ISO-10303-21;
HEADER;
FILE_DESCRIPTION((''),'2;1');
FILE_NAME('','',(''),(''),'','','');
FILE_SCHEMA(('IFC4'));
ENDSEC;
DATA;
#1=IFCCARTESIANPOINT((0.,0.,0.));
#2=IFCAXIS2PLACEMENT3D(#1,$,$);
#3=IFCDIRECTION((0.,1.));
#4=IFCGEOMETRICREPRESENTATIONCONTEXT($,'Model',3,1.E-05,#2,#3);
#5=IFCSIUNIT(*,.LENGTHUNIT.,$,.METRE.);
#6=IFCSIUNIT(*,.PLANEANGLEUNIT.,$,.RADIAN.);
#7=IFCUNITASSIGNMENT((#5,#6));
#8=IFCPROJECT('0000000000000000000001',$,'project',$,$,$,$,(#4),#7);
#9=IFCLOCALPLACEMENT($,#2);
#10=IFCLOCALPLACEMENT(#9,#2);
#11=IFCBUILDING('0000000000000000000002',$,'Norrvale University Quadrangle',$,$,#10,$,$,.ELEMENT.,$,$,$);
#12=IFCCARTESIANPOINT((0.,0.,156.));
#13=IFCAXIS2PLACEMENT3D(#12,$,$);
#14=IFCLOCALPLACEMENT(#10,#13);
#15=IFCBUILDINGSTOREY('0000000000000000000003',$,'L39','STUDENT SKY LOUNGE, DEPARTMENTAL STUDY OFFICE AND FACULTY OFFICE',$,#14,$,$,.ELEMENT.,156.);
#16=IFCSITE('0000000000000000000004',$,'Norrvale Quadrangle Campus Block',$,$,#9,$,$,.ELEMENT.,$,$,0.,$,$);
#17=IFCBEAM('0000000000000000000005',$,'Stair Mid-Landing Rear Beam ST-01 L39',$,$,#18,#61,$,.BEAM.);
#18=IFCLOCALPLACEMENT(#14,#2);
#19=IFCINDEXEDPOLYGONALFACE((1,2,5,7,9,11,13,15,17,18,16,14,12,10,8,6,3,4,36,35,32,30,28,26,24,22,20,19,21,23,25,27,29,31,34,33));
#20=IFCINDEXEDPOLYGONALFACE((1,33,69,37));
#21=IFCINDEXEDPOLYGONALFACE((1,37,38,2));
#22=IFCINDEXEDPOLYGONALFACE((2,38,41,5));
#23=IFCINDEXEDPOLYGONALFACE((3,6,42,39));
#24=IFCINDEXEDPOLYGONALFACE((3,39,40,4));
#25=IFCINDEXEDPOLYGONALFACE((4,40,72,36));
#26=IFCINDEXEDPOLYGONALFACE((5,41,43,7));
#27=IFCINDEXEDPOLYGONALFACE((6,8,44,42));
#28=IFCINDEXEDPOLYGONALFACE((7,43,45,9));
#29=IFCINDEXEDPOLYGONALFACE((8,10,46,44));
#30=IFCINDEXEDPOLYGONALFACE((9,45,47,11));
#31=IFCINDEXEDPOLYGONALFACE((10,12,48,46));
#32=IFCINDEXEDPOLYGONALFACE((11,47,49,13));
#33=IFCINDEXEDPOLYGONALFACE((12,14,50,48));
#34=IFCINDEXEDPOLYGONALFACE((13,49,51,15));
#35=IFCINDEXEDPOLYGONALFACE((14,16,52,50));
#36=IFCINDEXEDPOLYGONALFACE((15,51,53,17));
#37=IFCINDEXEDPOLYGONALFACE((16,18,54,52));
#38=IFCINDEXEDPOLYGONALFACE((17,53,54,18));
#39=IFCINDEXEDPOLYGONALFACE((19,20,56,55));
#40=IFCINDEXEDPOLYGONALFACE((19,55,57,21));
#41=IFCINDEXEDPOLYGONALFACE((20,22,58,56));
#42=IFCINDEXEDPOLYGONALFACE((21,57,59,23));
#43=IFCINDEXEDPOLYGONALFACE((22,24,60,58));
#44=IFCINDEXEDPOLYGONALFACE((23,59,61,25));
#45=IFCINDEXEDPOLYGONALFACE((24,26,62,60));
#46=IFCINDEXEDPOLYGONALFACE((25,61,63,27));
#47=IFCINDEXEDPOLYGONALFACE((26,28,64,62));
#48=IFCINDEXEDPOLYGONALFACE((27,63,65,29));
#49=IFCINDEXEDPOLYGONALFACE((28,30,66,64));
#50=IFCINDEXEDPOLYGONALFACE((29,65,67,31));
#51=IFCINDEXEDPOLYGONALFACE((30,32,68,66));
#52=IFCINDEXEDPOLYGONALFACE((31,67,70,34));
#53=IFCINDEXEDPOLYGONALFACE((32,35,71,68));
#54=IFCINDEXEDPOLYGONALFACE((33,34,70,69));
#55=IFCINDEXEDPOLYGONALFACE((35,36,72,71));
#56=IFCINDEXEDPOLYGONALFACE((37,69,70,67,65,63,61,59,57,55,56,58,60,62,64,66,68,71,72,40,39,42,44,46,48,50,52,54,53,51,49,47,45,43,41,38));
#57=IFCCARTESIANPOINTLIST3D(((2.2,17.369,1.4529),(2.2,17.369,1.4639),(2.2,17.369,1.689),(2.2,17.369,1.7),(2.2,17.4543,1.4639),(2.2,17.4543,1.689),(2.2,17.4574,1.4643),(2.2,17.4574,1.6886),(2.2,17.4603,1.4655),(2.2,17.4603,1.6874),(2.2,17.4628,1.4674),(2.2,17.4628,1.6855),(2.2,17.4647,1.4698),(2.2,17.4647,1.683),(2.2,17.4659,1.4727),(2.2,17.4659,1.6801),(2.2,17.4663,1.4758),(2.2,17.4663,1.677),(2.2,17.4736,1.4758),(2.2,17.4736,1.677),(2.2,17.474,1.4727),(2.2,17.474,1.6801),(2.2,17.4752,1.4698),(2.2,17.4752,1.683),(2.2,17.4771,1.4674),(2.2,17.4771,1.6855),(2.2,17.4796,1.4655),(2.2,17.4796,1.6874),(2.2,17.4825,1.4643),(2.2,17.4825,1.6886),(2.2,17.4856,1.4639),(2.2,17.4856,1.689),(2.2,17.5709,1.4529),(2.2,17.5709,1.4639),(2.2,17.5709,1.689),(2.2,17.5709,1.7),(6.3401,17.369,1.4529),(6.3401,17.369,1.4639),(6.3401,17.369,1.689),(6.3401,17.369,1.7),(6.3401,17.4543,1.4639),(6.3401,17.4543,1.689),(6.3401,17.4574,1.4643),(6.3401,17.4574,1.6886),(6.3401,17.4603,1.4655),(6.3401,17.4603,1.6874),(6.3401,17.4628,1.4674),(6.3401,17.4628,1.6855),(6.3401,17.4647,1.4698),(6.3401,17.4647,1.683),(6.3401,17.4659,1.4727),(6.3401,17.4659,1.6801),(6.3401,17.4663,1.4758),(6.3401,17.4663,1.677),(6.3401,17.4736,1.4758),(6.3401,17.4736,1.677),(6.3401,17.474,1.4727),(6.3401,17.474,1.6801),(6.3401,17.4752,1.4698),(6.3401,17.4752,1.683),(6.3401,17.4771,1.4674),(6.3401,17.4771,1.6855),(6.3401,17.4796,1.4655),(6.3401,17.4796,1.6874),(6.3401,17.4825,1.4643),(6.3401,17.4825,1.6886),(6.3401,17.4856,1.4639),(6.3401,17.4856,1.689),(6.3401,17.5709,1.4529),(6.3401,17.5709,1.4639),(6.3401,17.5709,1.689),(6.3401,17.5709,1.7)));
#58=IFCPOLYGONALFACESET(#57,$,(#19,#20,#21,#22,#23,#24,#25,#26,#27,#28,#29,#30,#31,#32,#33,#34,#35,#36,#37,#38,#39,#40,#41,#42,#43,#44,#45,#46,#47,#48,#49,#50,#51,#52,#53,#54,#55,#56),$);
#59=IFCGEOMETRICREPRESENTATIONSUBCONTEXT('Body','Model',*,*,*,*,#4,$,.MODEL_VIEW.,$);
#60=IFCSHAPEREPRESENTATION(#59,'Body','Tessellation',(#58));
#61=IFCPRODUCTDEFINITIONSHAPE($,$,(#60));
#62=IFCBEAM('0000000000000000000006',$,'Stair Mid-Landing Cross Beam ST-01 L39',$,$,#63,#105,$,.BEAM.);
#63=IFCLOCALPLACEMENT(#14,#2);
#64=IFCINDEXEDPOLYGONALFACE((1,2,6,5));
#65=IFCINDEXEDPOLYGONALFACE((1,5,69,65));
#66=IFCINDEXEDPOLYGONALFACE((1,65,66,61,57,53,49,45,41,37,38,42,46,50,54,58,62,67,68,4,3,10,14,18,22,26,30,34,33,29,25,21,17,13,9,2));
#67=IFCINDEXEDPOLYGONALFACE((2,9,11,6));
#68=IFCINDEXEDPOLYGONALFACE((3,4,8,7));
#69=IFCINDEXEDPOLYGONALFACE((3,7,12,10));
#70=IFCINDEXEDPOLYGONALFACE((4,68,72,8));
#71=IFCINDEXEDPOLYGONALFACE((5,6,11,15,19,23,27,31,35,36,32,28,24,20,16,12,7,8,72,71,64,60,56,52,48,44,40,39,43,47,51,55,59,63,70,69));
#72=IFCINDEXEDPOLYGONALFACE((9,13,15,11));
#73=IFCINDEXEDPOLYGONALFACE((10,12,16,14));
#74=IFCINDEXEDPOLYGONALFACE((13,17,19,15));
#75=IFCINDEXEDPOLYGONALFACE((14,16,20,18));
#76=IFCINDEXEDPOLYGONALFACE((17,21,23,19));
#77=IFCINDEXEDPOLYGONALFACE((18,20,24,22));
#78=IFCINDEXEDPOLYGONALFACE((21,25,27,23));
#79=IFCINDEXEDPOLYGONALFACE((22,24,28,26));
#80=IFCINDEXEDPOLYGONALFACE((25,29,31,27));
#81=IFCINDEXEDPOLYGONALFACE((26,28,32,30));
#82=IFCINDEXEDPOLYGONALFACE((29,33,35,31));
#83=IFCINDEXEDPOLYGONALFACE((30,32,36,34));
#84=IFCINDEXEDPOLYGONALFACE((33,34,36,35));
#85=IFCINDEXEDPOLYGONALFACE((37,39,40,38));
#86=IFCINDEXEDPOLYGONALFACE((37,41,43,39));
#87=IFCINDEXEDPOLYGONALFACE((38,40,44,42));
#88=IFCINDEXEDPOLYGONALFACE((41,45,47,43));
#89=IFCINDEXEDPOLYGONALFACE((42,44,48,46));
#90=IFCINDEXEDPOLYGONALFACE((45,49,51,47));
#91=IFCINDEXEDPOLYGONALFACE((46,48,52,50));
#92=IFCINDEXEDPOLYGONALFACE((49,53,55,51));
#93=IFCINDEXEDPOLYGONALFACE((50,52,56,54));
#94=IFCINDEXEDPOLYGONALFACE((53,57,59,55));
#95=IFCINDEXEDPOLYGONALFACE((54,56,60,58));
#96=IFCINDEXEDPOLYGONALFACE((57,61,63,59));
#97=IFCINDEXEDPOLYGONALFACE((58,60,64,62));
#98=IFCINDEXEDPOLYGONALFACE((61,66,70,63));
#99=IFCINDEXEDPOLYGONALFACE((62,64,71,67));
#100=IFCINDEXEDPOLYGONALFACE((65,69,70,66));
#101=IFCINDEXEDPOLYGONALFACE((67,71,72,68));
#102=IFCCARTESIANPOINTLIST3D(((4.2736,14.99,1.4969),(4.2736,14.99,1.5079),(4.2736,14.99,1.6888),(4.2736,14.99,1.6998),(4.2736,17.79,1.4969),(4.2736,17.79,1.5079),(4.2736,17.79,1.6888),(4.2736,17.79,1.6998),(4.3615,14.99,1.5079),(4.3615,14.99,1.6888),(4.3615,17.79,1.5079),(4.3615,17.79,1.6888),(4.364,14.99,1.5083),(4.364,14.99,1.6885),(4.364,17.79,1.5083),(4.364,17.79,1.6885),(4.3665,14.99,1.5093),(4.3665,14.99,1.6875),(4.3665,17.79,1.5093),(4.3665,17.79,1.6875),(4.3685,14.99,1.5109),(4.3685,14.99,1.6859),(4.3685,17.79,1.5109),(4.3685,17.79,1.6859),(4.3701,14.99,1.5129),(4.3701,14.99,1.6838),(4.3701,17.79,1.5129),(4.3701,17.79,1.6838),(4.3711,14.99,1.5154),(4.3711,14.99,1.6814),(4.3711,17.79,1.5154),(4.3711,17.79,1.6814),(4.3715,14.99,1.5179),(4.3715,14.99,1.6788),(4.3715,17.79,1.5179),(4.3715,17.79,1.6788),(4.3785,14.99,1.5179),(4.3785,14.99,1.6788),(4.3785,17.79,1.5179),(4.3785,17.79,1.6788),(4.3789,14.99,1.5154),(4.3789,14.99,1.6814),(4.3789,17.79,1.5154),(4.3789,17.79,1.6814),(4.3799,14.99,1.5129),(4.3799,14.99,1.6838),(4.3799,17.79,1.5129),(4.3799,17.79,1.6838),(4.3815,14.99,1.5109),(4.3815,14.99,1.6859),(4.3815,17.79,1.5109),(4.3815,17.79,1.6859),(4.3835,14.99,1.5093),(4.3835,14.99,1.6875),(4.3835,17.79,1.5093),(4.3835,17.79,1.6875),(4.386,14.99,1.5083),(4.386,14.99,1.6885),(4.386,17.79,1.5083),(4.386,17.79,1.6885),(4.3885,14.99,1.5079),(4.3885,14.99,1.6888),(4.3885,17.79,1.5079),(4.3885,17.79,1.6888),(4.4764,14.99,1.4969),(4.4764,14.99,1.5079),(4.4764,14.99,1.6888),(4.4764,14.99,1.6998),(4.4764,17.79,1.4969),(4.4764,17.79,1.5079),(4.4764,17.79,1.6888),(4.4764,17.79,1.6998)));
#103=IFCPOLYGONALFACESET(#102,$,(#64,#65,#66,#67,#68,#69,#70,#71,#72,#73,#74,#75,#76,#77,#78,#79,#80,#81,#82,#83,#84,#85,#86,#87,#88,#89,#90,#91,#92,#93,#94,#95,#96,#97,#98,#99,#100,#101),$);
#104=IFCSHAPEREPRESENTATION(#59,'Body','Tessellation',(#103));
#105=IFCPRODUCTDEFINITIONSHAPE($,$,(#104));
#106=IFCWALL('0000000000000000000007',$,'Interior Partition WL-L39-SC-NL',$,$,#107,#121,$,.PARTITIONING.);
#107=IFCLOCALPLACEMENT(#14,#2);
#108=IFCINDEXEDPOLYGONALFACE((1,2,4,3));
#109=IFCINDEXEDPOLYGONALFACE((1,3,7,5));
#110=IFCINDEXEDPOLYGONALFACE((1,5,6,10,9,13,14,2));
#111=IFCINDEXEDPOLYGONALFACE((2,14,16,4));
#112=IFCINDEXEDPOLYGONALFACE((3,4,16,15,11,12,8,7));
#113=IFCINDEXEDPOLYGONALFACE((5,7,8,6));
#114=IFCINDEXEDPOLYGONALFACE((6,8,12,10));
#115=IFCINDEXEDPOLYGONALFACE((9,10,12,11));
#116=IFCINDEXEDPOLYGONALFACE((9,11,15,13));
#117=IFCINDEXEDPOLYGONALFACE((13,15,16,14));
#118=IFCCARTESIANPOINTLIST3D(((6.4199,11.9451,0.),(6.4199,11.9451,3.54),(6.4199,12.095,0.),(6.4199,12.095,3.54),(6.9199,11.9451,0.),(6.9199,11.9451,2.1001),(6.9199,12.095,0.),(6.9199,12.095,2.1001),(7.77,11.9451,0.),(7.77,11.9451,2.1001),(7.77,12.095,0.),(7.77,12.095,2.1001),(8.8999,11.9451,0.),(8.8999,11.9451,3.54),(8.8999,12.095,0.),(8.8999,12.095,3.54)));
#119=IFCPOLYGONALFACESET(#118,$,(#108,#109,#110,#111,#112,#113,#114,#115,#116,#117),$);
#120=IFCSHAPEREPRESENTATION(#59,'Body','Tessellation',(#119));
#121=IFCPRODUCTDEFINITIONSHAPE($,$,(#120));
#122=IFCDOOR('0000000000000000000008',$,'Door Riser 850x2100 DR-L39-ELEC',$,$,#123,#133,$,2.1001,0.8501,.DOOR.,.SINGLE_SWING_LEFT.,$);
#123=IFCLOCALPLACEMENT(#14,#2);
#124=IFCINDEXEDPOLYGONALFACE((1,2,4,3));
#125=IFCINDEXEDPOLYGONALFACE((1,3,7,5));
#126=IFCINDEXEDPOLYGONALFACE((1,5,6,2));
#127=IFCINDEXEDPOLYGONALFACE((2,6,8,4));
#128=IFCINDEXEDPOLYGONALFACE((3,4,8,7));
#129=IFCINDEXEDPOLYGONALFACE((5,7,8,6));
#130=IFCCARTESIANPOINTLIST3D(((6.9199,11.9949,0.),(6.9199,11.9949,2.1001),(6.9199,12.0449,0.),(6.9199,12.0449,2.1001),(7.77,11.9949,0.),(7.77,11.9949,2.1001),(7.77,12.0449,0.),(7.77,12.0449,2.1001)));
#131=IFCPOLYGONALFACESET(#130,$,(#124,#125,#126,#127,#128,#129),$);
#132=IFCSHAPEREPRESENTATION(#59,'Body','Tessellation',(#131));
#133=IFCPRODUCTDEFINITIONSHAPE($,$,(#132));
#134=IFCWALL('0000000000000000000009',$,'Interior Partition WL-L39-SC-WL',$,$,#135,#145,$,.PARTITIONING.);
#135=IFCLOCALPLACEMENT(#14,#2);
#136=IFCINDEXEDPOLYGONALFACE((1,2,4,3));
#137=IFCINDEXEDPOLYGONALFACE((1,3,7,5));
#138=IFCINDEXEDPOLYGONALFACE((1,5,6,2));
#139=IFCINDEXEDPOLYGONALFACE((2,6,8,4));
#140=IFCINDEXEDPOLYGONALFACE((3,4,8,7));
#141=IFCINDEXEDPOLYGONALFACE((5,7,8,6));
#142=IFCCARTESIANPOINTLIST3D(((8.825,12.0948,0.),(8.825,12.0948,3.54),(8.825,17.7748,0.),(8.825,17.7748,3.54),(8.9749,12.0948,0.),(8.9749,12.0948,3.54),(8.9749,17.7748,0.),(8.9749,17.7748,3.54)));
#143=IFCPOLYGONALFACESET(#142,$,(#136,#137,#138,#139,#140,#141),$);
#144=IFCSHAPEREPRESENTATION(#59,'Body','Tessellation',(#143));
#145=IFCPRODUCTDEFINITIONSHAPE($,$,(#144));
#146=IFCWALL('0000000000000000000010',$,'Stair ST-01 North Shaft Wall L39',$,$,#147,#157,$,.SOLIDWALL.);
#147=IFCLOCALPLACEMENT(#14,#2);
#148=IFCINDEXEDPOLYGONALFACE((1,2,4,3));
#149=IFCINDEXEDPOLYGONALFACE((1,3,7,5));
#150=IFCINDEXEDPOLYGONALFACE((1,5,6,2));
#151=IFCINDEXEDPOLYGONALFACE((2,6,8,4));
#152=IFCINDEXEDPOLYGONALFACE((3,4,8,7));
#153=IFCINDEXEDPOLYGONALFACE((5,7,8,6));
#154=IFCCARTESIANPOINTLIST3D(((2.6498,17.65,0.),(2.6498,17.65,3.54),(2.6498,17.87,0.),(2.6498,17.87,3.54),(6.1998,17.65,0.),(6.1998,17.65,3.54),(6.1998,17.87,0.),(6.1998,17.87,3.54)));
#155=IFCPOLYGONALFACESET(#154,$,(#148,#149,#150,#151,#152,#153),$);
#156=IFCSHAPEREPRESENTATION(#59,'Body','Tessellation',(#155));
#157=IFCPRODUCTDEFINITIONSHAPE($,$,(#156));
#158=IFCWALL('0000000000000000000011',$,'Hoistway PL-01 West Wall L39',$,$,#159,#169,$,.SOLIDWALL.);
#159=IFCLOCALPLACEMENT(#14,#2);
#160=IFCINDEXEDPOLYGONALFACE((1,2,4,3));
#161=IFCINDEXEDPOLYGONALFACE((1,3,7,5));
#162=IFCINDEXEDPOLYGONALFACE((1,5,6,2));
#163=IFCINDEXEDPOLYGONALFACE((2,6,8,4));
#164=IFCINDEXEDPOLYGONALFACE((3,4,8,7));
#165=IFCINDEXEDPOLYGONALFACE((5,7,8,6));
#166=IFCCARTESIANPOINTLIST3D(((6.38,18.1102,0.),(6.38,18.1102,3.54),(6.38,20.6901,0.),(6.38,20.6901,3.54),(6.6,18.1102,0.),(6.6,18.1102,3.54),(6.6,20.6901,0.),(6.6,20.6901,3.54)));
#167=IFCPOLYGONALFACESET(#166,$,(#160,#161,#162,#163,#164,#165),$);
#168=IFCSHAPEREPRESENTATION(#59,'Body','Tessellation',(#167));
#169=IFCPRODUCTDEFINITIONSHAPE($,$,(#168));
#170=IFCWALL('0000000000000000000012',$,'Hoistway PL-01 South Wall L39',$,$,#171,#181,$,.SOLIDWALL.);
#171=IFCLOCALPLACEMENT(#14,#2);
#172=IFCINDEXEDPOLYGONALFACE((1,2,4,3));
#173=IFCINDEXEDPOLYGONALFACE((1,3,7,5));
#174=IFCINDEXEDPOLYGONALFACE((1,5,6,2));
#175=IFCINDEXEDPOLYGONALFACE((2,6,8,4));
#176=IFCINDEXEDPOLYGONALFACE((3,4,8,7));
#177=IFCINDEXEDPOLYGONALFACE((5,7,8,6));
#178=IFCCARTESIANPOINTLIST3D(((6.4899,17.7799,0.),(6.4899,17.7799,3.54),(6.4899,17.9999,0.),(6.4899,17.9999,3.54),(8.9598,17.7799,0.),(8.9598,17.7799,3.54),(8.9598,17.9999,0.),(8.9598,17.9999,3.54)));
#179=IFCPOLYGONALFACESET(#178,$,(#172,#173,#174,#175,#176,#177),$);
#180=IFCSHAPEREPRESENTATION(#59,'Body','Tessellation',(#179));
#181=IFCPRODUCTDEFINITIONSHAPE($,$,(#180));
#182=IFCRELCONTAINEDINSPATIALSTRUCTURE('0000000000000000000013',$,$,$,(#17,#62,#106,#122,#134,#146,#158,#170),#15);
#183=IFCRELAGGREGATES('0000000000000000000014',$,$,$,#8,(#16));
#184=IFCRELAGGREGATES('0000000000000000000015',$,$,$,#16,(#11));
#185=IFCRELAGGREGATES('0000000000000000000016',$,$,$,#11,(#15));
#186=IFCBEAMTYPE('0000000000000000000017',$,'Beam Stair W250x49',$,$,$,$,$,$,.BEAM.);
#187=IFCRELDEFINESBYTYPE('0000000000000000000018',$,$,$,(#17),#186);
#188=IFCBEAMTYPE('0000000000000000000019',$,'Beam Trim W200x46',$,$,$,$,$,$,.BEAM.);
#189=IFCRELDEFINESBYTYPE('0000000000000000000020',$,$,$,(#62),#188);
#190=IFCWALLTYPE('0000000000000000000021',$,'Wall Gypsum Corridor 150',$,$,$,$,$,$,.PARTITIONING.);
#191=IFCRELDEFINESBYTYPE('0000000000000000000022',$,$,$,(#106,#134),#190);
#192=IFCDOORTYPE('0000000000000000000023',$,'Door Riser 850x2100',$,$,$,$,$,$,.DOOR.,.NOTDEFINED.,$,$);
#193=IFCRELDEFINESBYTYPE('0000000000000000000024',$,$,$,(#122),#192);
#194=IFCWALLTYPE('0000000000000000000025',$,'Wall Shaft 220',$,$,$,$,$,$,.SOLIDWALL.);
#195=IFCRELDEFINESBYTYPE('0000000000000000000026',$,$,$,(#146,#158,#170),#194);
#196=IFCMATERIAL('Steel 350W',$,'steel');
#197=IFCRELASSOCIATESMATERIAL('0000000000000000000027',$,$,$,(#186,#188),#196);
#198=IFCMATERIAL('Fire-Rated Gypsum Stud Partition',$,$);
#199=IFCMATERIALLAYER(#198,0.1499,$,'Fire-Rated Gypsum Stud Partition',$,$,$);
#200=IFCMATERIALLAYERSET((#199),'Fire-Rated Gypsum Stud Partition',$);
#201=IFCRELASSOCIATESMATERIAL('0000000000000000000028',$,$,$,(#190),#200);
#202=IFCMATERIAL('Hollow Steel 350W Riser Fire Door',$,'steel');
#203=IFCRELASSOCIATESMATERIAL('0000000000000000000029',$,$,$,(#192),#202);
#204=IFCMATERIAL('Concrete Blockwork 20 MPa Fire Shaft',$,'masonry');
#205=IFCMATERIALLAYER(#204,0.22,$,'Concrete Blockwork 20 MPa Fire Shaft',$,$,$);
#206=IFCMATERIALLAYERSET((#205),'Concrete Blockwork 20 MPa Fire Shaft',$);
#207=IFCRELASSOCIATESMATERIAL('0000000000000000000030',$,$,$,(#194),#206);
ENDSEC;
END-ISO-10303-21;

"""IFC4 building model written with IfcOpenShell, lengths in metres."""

from ifc_helpers import new_model, si_unit, direction, frame, frame_2d, origin, origin_2d, place, context, subcontext, project, spatial, rectangle, i_section, extrude, material, layer, layer_set, material_profile, profile_set, type_object, element, fill, save


model = new_model("IFC4")

# Units and contexts
model_context = context("Model", 3, precision=1e-05, world=origin(), true_north=direction((0.0, 1.0)))
body_context = subcontext(model_context, "Body", "Model", "MODEL_VIEW")
ifc_project = project(units=[si_unit("LENGTHUNIT", "METRE"), si_unit("PLANEANGLEUNIT", "RADIAN")], contexts=[model_context])

# Site, building, storey
site_placement = place(None, origin())
site = spatial("IfcSite", under=ifc_project, at=site_placement, Name="Norrvale Quadrangle Campus Block", CompositionType="ELEMENT", RefElevation=0.0)
building_placement = place(site_placement, origin())
building = spatial("IfcBuilding", under=site, at=building_placement, Name="Norrvale University Quadrangle", CompositionType="ELEMENT")
storey_placement = place(building_placement, frame((0.0, 0.0, 156.0)))
storey = spatial("IfcBuildingStorey", under=building, at=storey_placement, Name="L39", Description="STUDENT SKY LOUNGE, DEPARTMENTAL STUDY OFFICE AND FACULTY OFFICE", CompositionType="ELEMENT", Elevation=156.0)

# Beams
ifc_material_1 = material(Name="Steel 350W", Category="steel")
ifc_material_profile_1 = material_profile(ifc_material_1, i_section(OverallWidth=0.2019, OverallDepth=0.2471, WebThickness=0.0073, FlangeThickness=0.011, FilletRadius=0.012, at=origin_2d()), Name="Steel 350W")
ifc_profile_set_1 = profile_set([ifc_material_profile_1], Name="Steel 350W")
beam_type_1 = type_object("IfcBeamType", Name="Beam Stair W250x49", PredefinedType="BEAM", material=ifc_profile_set_1)
for number, where, z_axis, x_axis, name in (
    (1, (2.2, 17.47, 1.5764), (1.0, 0.0, 0.0), (0.0, 1.0, 0.0), "Stair Mid-Landing Rear Beam ST-01 L39"),
):
    element("IfcBeam", number, at=place(storey_placement, frame(where, z_axis=z_axis, x_axis=x_axis)), inside=storey, type_object=beam_type_1, Name=name, PredefinedType="BEAM", context=body_context, shape_type="SweptSolid", body=[
        extrude(i_section(OverallWidth=0.2019, OverallDepth=0.2471, WebThickness=0.0073, FlangeThickness=0.011, FilletRadius=0.012, at=origin_2d()), origin(), (0.0, 0.0, 1.0), 4.1401),
    ])
ifc_material_profile_2 = material_profile(ifc_material_1, i_section(OverallWidth=0.2029, OverallDepth=0.2029, WebThickness=0.0071, FlangeThickness=0.011, FilletRadius=0.01, at=origin_2d()), Name="Steel 350W")
ifc_profile_set_2 = profile_set([ifc_material_profile_2], Name="Steel 350W")
beam_type_2 = type_object("IfcBeamType", Name="Beam Trim W200x46", PredefinedType="BEAM", material=ifc_profile_set_2)
beam_1_placement = place(storey_placement, frame((4.375, 14.99, 1.5984), z_axis=(0.0, 1.0, 0.0), x_axis=(-1.0, 0.0, 0.0)))
element("IfcBeam", 2, at=beam_1_placement, inside=storey, type_object=beam_type_2, Name="Stair Mid-Landing Cross Beam ST-01 L39", PredefinedType="BEAM", context=body_context, shape_type="SweptSolid", body=[
    extrude(i_section(OverallWidth=0.2029, OverallDepth=0.2029, WebThickness=0.0071, FlangeThickness=0.011, FilletRadius=0.01, at=origin_2d()), origin(), (0.0, 0.0, 1.0), 2.8),
])

# Wall, opening, door
ifc_material_2 = material(Name="Fire-Rated Gypsum Stud Partition")
ifc_layer_1 = layer(ifc_material_2, 0.1499, Name="Fire-Rated Gypsum Stud Partition")
ifc_layer_set_1 = layer_set([ifc_layer_1], Name="Fire-Rated Gypsum Stud Partition")
wall_type_1 = type_object("IfcWallType", Name="Wall Gypsum Corridor 150", PredefinedType="PARTITIONING", material=ifc_layer_set_1)
wall_1_placement = place(storey_placement, frame((6.4199, 12.02, 0.0), z_axis=(0.0, 0.0, 1.0), x_axis=(1.0, 0.0, 0.0)))
wall_1 = element("IfcWall", 3, at=wall_1_placement, inside=storey, type_object=wall_type_1, Name="Interior Partition WL-L39-SC-NL", PredefinedType="PARTITIONING", context=body_context, shape_type="SweptSolid", body=[
    extrude(rectangle(XDim=2.48, YDim=0.1499, at=frame_2d((1.24, 0.0))), origin(), (0.0, 0.0, 1.0), 3.54),
])
opening_placement = place(wall_1_placement, frame((0.5, 0.0, 0.0)))
opening = element("IfcOpeningElement", 4, at=opening_placement, cuts=wall_1, PredefinedType="OPENING", context=body_context, shape_type="SweptSolid", body=[
    extrude(rectangle(XDim=0.8501, YDim=2.1001, at=frame_2d((0.425, 1.05))), frame((0.0, 0.0869, 0.0), z_axis=(0.0, -1.0, 0.0), x_axis=(1.0, 0.0, 0.0)), (0.0, 0.0, 1.0), 0.1738),
])
ifc_material_3 = material(Name="Hollow Steel 350W Riser Fire Door", Category="steel")
door_type = type_object("IfcDoorType", Name="Door Riser 850x2100", OperationType="NOTDEFINED", PredefinedType="DOOR", material=ifc_material_3)
door_placement = place(opening_placement, origin())
door = element("IfcDoor", 5, at=door_placement, inside=storey, type_object=door_type, Name="Door Riser 850x2100 DR-L39-ELEC", OperationType="SINGLE_SWING_LEFT", OverallHeight=2.1001, OverallWidth=0.8501, PredefinedType="DOOR", context=body_context, shape_type="SweptSolid", body=[
    extrude(rectangle(XDim=0.8501, YDim=2.1001, at=frame_2d((0.425, 1.05))), frame((0.0, 0.0249, 0.0), z_axis=(0.0, -1.0, 0.0), x_axis=(1.0, 0.0, 0.0)), (0.0, 0.0, 1.0), 0.05),
])
fill(opening, door)

# Walls
wall_2_placement = place(storey_placement, frame((8.8999, 12.095, 0.0), z_axis=(0.0, 0.0, 1.0), x_axis=(0.0, 1.0, 0.0)))
element("IfcWall", 6, at=wall_2_placement, inside=storey, type_object=wall_type_1, Name="Interior Partition WL-L39-SC-WL", PredefinedType="PARTITIONING", context=body_context, shape_type="SweptSolid", body=[
    extrude(rectangle(XDim=5.6799, YDim=0.1499, at=frame_2d((2.8398, 0.0))), origin(), (0.0, 0.0, 1.0), 3.54),
])
ifc_material_4 = material(Name="Concrete Blockwork 20 MPa Fire Shaft", Category="masonry")
ifc_layer_2 = layer(ifc_material_4, 0.22, Name="Concrete Blockwork 20 MPa Fire Shaft")
ifc_layer_set_2 = layer_set([ifc_layer_2], Name="Concrete Blockwork 20 MPa Fire Shaft")
wall_type_2 = type_object("IfcWallType", Name="Wall Shaft 220", PredefinedType="SOLIDWALL", material=ifc_layer_set_2)
wall_3_placement = place(storey_placement, frame((2.6499, 17.76, 0.0), z_axis=(0.0, 0.0, 1.0), x_axis=(1.0, 0.0, 0.0)))
element("IfcWall", 7, at=wall_3_placement, inside=storey, type_object=wall_type_2, Name="Stair ST-01 North Shaft Wall L39", PredefinedType="SOLIDWALL", context=body_context, shape_type="SweptSolid", body=[
    extrude(rectangle(XDim=3.55, YDim=0.22, at=frame_2d((1.7749, 0.0))), origin(), (0.0, 0.0, 1.0), 3.54),
])
wall_4_placement = place(storey_placement, frame((6.49, 18.1101, 0.0), z_axis=(0.0, 0.0, 1.0), x_axis=(0.0, 1.0, 0.0)))
element("IfcWall", 8, at=wall_4_placement, inside=storey, type_object=wall_type_2, Name="Hoistway PL-01 West Wall L39", PredefinedType="SOLIDWALL", context=body_context, shape_type="SweptSolid", body=[
    extrude(rectangle(XDim=2.5798, YDim=0.22, at=frame_2d((1.29, 0.0))), origin(), (0.0, 0.0, 1.0), 3.54),
])
for number, where, z_axis, x_axis, name in (
    (9, (6.49, 17.8899, 0.0), (0.0, 0.0, 1.0), (1.0, 0.0, 0.0), "Hoistway PL-01 South Wall L39"),
):
    element("IfcWall", number, at=place(storey_placement, frame(where, z_axis=z_axis, x_axis=x_axis)), inside=storey, type_object=wall_type_2, Name=name, PredefinedType="SOLIDWALL", context=body_context, shape_type="SweptSolid", body=[
        extrude(rectangle(XDim=2.47, YDim=0.22, at=frame_2d((1.2349, 0.0))), origin(), (0.0, 0.0, 1.0), 3.54),
    ])

save(model, "model.ifc")
